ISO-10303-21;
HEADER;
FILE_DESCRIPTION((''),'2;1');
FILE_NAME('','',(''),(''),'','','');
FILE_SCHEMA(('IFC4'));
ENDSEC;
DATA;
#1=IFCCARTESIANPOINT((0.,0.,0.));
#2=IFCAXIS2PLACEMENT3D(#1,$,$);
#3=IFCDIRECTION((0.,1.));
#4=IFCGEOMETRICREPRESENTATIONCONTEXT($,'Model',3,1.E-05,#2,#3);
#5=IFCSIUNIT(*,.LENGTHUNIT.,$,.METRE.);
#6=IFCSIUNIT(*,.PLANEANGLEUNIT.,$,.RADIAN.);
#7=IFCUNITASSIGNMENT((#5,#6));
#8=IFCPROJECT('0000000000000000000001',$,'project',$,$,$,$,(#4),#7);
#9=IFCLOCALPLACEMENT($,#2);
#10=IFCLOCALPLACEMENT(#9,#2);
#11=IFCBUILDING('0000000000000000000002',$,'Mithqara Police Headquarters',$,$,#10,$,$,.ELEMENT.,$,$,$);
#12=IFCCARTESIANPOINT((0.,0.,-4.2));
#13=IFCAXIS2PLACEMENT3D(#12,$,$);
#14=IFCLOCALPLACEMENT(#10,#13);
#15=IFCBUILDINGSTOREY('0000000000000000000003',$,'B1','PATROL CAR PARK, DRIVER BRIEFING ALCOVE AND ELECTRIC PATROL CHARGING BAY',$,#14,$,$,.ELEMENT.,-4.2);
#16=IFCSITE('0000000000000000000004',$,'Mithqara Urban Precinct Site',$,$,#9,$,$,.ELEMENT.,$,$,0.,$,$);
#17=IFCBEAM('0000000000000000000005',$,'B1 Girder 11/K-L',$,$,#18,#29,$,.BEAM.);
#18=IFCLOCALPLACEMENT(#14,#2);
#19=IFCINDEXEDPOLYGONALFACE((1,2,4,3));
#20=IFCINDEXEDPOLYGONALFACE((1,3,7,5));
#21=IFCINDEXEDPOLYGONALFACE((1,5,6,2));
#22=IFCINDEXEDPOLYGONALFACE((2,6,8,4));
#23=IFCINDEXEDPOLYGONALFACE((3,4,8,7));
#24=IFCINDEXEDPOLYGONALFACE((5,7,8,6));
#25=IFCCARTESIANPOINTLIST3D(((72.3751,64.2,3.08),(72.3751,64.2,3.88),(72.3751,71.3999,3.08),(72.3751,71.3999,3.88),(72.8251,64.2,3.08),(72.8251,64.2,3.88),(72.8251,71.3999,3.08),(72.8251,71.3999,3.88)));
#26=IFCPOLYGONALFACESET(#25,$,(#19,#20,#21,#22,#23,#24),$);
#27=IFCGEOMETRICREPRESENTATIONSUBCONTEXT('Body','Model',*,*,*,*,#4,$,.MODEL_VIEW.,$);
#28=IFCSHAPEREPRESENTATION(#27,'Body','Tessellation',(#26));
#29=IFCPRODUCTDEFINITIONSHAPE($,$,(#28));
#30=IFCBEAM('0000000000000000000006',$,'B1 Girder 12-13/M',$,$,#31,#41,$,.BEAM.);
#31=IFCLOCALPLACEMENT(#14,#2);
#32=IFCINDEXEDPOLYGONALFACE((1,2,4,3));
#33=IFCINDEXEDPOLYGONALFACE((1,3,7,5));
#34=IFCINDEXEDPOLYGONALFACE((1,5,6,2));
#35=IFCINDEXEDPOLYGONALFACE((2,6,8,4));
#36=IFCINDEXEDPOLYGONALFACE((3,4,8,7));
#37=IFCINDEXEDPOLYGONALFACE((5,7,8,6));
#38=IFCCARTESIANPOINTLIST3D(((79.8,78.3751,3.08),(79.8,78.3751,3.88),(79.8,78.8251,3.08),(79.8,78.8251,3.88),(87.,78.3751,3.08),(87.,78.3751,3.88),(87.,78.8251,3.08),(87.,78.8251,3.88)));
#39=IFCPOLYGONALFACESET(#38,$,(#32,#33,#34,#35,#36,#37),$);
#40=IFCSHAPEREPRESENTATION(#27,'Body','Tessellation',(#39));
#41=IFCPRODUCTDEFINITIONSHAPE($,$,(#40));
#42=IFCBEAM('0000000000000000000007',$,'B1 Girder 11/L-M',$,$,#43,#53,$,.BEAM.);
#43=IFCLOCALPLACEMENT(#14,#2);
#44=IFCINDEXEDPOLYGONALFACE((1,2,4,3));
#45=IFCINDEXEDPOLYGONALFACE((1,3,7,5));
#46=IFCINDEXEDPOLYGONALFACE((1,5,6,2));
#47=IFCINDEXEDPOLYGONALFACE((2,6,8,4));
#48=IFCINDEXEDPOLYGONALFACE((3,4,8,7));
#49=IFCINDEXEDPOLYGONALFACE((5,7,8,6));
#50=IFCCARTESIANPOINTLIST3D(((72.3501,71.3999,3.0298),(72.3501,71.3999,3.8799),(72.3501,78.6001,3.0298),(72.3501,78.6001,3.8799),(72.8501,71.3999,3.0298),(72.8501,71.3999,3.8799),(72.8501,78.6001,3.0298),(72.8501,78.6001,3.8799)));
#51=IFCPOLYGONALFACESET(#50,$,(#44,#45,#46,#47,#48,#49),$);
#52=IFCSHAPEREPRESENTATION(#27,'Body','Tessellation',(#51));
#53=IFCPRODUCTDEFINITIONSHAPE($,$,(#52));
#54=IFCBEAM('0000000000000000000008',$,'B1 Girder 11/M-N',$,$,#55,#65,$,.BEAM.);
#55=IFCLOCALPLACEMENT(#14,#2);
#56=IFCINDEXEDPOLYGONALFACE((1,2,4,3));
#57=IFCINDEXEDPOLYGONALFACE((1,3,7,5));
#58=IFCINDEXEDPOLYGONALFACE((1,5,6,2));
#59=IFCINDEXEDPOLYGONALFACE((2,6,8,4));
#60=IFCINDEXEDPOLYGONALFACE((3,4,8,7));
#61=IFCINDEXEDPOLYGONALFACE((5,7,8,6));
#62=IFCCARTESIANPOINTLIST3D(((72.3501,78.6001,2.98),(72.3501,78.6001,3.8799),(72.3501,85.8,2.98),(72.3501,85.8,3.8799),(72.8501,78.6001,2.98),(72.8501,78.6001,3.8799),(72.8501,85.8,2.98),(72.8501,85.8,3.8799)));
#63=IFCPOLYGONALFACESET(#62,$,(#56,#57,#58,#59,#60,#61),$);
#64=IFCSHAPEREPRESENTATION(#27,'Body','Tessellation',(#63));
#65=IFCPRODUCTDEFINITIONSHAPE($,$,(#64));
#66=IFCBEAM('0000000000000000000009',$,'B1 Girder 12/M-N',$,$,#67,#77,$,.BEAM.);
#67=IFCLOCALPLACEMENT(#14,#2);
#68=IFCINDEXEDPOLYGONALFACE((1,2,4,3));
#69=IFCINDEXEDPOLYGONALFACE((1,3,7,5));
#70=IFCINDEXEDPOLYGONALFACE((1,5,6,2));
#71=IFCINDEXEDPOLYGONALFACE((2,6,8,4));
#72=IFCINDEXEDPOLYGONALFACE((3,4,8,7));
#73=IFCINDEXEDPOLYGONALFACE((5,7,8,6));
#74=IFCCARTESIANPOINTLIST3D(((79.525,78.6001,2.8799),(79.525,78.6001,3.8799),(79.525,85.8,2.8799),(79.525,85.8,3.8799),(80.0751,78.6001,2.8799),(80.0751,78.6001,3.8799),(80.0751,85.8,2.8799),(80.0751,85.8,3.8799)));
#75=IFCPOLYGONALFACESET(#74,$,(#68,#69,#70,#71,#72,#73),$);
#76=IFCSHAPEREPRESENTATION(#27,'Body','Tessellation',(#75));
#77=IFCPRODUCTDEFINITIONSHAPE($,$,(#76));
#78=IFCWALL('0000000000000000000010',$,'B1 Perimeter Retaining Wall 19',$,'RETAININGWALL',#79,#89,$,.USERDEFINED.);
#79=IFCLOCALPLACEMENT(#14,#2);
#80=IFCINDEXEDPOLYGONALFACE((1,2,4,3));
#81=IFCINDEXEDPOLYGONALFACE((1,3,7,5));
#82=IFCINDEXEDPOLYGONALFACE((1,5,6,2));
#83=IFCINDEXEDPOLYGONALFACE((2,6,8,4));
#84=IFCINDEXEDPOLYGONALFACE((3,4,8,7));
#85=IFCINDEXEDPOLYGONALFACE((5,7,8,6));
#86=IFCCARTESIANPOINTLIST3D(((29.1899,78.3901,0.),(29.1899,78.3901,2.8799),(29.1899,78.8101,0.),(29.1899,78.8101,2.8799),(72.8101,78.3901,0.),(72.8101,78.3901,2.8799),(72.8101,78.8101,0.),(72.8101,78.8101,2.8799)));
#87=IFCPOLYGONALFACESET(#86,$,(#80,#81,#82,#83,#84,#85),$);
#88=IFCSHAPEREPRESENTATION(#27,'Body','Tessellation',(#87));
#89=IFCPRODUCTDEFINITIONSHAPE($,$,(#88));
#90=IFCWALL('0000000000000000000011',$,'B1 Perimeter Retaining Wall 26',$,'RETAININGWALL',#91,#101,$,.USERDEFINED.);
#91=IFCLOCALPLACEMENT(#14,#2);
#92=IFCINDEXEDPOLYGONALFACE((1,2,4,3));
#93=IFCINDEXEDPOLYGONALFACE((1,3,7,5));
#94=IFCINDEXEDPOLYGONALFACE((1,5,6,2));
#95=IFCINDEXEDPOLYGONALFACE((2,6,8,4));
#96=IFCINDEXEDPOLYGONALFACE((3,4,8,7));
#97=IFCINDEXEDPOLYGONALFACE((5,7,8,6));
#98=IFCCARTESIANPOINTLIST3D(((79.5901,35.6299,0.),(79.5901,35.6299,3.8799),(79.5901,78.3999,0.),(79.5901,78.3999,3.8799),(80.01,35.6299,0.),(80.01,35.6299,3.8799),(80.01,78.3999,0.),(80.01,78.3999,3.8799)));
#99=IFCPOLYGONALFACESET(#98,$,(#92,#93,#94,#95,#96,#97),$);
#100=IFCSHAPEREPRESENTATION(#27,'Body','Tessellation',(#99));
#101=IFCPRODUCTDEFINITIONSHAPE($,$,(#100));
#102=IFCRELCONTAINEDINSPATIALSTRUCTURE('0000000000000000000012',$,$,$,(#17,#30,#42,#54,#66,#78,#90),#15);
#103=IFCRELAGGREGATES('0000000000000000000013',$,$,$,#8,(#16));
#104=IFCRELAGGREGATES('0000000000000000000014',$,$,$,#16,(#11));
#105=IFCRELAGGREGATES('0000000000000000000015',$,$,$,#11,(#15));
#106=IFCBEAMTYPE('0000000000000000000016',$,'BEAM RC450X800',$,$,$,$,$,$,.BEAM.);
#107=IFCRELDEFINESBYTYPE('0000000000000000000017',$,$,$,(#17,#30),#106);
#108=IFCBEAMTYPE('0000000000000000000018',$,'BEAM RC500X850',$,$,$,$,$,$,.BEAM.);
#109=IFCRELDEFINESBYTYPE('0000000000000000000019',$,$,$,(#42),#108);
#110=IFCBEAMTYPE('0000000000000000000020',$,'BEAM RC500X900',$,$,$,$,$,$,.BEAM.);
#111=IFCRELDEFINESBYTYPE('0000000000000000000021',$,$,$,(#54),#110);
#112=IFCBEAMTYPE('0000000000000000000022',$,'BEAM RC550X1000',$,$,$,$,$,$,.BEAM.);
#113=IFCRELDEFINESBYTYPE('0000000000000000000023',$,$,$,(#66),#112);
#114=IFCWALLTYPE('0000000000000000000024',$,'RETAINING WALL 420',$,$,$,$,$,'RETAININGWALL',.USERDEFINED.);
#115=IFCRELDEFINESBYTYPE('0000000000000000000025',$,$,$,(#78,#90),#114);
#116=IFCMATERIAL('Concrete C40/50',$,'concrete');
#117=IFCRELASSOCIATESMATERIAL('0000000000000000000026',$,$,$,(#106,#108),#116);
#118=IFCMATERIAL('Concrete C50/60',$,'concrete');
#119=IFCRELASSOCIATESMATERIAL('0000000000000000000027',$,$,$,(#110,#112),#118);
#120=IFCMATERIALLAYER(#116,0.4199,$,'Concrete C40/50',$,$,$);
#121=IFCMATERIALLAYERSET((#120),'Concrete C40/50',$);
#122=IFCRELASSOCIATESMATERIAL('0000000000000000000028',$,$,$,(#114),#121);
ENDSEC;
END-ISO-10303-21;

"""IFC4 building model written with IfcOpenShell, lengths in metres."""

from ifc_helpers import new_model, si_unit, direction, frame, frame_2d, origin, origin_2d, place, context, subcontext, project, spatial, rectangle, extrude, material, layer, layer_set, material_profile, profile_set, type_object, element, save


model = new_model("IFC4")

# Units and contexts
model_context = context("Model", 3, precision=1e-05, world=origin(), true_north=direction((0.0, 1.0)))
body_context = subcontext(model_context, "Body", "Model", "MODEL_VIEW")
ifc_project = project(units=[si_unit("LENGTHUNIT", "METRE"), si_unit("PLANEANGLEUNIT", "RADIAN")], contexts=[model_context])

# Site, building, storey
site_placement = place(None, origin())
site = spatial("IfcSite", under=ifc_project, at=site_placement, Name="Mithqara Urban Precinct Site", CompositionType="ELEMENT", RefElevation=0.0)
building_placement = place(site_placement, origin())
building = spatial("IfcBuilding", under=site, at=building_placement, Name="Mithqara Police Headquarters", CompositionType="ELEMENT")
storey_placement = place(building_placement, frame((0.0, 0.0, -4.2)))
storey = spatial("IfcBuildingStorey", under=building, at=storey_placement, Name="B1", Description="PATROL CAR PARK, DRIVER BRIEFING ALCOVE AND ELECTRIC PATROL CHARGING BAY", CompositionType="ELEMENT", Elevation=-4.2)

# Shared definitions
ifc_material_1 = material(Name="Concrete C40/50", Category="concrete")

# Shared definitions
ifc_material_2 = material(Name="Concrete C50/60", Category="concrete")

# Beams
ifc_material_profile_1 = material_profile(ifc_material_1, rectangle(XDim=0.45, YDim=0.8, at=origin_2d()), Name="RC 450x800")
ifc_profile_set_1 = profile_set([ifc_material_profile_1], Name="Concrete C40/50")
beam_type_1 = type_object("IfcBeamType", Name="BEAM RC450X800", PredefinedType="BEAM", material=ifc_profile_set_1)
for number, where, z_axis, x_axis, name in (
    (1, (72.6001, 64.2, 3.48), (0.0, 1.0, 0.0), (-1.0, 0.0, 0.0), "B1 Girder 11/K-L"),
    (2, (79.8, 78.6001, 3.48), (1.0, 0.0, 0.0), (0.0, 1.0, 0.0), "B1 Girder 12-13/M"),
):
    element("IfcBeam", number, at=place(storey_placement, frame(where, z_axis=z_axis, x_axis=x_axis)), inside=storey, type_object=beam_type_1, Name=name, PredefinedType="BEAM", context=body_context, shape_type="SweptSolid", body=[
        extrude(rectangle(XDim=0.45, YDim=0.8, at=origin_2d()), origin(), (0.0, 0.0, 1.0), 7.2),
    ])
ifc_material_profile_2 = material_profile(ifc_material_1, rectangle(XDim=0.5, YDim=0.8501, at=origin_2d()), Name="RC 500x850")
ifc_profile_set_2 = profile_set([ifc_material_profile_2], Name="Concrete C40/50")
beam_type_2 = type_object("IfcBeamType", Name="BEAM RC500X850", PredefinedType="BEAM", material=ifc_profile_set_2)
beam_1_placement = place(storey_placement, frame((72.6001, 71.3999, 3.4548), z_axis=(0.0, 1.0, 0.0), x_axis=(-1.0, 0.0, 0.0)))
element("IfcBeam", 3, at=beam_1_placement, inside=storey, type_object=beam_type_2, Name="B1 Girder 11/L-M", PredefinedType="BEAM", context=body_context, shape_type="SweptSolid", body=[
    extrude(rectangle(XDim=0.5, YDim=0.8501, at=origin_2d()), origin(), (0.0, 0.0, 1.0), 7.2002),
])
ifc_material_profile_3 = material_profile(ifc_material_2, rectangle(XDim=0.5, YDim=0.8999, at=origin_2d()), Name="RC 500x900")
ifc_profile_set_3 = profile_set([ifc_material_profile_3], Name="Concrete C50/60")
beam_type_3 = type_object("IfcBeamType", Name="BEAM RC500X900", PredefinedType="BEAM", material=ifc_profile_set_3)
beam_2_placement = place(storey_placement, frame((72.6001, 78.6001, 3.4299), z_axis=(0.0, 1.0, 0.0), x_axis=(-1.0, 0.0, 0.0)))
element("IfcBeam", 4, at=beam_2_placement, inside=storey, type_object=beam_type_3, Name="B1 Girder 11/M-N", PredefinedType="BEAM", context=body_context, shape_type="SweptSolid", body=[
    extrude(rectangle(XDim=0.5, YDim=0.8999, at=origin_2d()), origin(), (0.0, 0.0, 1.0), 7.2),
])
ifc_material_profile_4 = material_profile(ifc_material_2, rectangle(XDim=0.55, YDim=1.0, at=origin_2d()), Name="RC 550x1000")
ifc_profile_set_4 = profile_set([ifc_material_profile_4], Name="Concrete C50/60")
beam_type_4 = type_object("IfcBeamType", Name="BEAM RC550X1000", PredefinedType="BEAM", material=ifc_profile_set_4)
beam_3_placement = place(storey_placement, frame((79.8, 78.6001, 3.3799), z_axis=(0.0, 1.0, 0.0), x_axis=(-1.0, 0.0, 0.0)))
element("IfcBeam", 5, at=beam_3_placement, inside=storey, type_object=beam_type_4, Name="B1 Girder 12/M-N", PredefinedType="BEAM", context=body_context, shape_type="SweptSolid", body=[
    extrude(rectangle(XDim=0.55, YDim=1.0, at=origin_2d()), origin(), (0.0, 0.0, 1.0), 7.2),
])

# Walls
ifc_layer = layer(ifc_material_1, 0.4199, Name="Concrete C40/50")
ifc_layer_set = layer_set([ifc_layer], Name="Concrete C40/50")
wall_type = type_object("IfcWallType", Name="RETAINING WALL 420", ElementType="RETAININGWALL", PredefinedType="USERDEFINED", material=ifc_layer_set)
wall_1_placement = place(storey_placement, frame((72.8101, 78.6001, 0.0), z_axis=(0.0, 0.0, 1.0), x_axis=(-1.0, 0.0, 0.0)))
element("IfcWall", 6, at=wall_1_placement, inside=storey, type_object=wall_type, Name="B1 Perimeter Retaining Wall 19", ObjectType="RETAININGWALL", PredefinedType="USERDEFINED", context=body_context, shape_type="SweptSolid", body=[
    extrude(rectangle(XDim=43.6201, YDim=0.4199, at=frame_2d((21.8101, 0.0))), origin(), (0.0, 0.0, 1.0), 2.8799),
])
wall_2_placement = place(storey_placement, frame((79.8, 78.3999, 0.0), z_axis=(0.0, 0.0, 1.0), x_axis=(0.0, -1.0, 0.0)))
element("IfcWall", 7, at=wall_2_placement, inside=storey, type_object=wall_type, Name="B1 Perimeter Retaining Wall 26", ObjectType="RETAININGWALL", PredefinedType="USERDEFINED", context=body_context, shape_type="SweptSolid", body=[
    extrude(rectangle(XDim=42.77, YDim=0.4199, at=frame_2d((21.385, 0.0))), origin(), (0.0, 0.0, 1.0), 3.8799),
])

save(model, "model.ifc")
